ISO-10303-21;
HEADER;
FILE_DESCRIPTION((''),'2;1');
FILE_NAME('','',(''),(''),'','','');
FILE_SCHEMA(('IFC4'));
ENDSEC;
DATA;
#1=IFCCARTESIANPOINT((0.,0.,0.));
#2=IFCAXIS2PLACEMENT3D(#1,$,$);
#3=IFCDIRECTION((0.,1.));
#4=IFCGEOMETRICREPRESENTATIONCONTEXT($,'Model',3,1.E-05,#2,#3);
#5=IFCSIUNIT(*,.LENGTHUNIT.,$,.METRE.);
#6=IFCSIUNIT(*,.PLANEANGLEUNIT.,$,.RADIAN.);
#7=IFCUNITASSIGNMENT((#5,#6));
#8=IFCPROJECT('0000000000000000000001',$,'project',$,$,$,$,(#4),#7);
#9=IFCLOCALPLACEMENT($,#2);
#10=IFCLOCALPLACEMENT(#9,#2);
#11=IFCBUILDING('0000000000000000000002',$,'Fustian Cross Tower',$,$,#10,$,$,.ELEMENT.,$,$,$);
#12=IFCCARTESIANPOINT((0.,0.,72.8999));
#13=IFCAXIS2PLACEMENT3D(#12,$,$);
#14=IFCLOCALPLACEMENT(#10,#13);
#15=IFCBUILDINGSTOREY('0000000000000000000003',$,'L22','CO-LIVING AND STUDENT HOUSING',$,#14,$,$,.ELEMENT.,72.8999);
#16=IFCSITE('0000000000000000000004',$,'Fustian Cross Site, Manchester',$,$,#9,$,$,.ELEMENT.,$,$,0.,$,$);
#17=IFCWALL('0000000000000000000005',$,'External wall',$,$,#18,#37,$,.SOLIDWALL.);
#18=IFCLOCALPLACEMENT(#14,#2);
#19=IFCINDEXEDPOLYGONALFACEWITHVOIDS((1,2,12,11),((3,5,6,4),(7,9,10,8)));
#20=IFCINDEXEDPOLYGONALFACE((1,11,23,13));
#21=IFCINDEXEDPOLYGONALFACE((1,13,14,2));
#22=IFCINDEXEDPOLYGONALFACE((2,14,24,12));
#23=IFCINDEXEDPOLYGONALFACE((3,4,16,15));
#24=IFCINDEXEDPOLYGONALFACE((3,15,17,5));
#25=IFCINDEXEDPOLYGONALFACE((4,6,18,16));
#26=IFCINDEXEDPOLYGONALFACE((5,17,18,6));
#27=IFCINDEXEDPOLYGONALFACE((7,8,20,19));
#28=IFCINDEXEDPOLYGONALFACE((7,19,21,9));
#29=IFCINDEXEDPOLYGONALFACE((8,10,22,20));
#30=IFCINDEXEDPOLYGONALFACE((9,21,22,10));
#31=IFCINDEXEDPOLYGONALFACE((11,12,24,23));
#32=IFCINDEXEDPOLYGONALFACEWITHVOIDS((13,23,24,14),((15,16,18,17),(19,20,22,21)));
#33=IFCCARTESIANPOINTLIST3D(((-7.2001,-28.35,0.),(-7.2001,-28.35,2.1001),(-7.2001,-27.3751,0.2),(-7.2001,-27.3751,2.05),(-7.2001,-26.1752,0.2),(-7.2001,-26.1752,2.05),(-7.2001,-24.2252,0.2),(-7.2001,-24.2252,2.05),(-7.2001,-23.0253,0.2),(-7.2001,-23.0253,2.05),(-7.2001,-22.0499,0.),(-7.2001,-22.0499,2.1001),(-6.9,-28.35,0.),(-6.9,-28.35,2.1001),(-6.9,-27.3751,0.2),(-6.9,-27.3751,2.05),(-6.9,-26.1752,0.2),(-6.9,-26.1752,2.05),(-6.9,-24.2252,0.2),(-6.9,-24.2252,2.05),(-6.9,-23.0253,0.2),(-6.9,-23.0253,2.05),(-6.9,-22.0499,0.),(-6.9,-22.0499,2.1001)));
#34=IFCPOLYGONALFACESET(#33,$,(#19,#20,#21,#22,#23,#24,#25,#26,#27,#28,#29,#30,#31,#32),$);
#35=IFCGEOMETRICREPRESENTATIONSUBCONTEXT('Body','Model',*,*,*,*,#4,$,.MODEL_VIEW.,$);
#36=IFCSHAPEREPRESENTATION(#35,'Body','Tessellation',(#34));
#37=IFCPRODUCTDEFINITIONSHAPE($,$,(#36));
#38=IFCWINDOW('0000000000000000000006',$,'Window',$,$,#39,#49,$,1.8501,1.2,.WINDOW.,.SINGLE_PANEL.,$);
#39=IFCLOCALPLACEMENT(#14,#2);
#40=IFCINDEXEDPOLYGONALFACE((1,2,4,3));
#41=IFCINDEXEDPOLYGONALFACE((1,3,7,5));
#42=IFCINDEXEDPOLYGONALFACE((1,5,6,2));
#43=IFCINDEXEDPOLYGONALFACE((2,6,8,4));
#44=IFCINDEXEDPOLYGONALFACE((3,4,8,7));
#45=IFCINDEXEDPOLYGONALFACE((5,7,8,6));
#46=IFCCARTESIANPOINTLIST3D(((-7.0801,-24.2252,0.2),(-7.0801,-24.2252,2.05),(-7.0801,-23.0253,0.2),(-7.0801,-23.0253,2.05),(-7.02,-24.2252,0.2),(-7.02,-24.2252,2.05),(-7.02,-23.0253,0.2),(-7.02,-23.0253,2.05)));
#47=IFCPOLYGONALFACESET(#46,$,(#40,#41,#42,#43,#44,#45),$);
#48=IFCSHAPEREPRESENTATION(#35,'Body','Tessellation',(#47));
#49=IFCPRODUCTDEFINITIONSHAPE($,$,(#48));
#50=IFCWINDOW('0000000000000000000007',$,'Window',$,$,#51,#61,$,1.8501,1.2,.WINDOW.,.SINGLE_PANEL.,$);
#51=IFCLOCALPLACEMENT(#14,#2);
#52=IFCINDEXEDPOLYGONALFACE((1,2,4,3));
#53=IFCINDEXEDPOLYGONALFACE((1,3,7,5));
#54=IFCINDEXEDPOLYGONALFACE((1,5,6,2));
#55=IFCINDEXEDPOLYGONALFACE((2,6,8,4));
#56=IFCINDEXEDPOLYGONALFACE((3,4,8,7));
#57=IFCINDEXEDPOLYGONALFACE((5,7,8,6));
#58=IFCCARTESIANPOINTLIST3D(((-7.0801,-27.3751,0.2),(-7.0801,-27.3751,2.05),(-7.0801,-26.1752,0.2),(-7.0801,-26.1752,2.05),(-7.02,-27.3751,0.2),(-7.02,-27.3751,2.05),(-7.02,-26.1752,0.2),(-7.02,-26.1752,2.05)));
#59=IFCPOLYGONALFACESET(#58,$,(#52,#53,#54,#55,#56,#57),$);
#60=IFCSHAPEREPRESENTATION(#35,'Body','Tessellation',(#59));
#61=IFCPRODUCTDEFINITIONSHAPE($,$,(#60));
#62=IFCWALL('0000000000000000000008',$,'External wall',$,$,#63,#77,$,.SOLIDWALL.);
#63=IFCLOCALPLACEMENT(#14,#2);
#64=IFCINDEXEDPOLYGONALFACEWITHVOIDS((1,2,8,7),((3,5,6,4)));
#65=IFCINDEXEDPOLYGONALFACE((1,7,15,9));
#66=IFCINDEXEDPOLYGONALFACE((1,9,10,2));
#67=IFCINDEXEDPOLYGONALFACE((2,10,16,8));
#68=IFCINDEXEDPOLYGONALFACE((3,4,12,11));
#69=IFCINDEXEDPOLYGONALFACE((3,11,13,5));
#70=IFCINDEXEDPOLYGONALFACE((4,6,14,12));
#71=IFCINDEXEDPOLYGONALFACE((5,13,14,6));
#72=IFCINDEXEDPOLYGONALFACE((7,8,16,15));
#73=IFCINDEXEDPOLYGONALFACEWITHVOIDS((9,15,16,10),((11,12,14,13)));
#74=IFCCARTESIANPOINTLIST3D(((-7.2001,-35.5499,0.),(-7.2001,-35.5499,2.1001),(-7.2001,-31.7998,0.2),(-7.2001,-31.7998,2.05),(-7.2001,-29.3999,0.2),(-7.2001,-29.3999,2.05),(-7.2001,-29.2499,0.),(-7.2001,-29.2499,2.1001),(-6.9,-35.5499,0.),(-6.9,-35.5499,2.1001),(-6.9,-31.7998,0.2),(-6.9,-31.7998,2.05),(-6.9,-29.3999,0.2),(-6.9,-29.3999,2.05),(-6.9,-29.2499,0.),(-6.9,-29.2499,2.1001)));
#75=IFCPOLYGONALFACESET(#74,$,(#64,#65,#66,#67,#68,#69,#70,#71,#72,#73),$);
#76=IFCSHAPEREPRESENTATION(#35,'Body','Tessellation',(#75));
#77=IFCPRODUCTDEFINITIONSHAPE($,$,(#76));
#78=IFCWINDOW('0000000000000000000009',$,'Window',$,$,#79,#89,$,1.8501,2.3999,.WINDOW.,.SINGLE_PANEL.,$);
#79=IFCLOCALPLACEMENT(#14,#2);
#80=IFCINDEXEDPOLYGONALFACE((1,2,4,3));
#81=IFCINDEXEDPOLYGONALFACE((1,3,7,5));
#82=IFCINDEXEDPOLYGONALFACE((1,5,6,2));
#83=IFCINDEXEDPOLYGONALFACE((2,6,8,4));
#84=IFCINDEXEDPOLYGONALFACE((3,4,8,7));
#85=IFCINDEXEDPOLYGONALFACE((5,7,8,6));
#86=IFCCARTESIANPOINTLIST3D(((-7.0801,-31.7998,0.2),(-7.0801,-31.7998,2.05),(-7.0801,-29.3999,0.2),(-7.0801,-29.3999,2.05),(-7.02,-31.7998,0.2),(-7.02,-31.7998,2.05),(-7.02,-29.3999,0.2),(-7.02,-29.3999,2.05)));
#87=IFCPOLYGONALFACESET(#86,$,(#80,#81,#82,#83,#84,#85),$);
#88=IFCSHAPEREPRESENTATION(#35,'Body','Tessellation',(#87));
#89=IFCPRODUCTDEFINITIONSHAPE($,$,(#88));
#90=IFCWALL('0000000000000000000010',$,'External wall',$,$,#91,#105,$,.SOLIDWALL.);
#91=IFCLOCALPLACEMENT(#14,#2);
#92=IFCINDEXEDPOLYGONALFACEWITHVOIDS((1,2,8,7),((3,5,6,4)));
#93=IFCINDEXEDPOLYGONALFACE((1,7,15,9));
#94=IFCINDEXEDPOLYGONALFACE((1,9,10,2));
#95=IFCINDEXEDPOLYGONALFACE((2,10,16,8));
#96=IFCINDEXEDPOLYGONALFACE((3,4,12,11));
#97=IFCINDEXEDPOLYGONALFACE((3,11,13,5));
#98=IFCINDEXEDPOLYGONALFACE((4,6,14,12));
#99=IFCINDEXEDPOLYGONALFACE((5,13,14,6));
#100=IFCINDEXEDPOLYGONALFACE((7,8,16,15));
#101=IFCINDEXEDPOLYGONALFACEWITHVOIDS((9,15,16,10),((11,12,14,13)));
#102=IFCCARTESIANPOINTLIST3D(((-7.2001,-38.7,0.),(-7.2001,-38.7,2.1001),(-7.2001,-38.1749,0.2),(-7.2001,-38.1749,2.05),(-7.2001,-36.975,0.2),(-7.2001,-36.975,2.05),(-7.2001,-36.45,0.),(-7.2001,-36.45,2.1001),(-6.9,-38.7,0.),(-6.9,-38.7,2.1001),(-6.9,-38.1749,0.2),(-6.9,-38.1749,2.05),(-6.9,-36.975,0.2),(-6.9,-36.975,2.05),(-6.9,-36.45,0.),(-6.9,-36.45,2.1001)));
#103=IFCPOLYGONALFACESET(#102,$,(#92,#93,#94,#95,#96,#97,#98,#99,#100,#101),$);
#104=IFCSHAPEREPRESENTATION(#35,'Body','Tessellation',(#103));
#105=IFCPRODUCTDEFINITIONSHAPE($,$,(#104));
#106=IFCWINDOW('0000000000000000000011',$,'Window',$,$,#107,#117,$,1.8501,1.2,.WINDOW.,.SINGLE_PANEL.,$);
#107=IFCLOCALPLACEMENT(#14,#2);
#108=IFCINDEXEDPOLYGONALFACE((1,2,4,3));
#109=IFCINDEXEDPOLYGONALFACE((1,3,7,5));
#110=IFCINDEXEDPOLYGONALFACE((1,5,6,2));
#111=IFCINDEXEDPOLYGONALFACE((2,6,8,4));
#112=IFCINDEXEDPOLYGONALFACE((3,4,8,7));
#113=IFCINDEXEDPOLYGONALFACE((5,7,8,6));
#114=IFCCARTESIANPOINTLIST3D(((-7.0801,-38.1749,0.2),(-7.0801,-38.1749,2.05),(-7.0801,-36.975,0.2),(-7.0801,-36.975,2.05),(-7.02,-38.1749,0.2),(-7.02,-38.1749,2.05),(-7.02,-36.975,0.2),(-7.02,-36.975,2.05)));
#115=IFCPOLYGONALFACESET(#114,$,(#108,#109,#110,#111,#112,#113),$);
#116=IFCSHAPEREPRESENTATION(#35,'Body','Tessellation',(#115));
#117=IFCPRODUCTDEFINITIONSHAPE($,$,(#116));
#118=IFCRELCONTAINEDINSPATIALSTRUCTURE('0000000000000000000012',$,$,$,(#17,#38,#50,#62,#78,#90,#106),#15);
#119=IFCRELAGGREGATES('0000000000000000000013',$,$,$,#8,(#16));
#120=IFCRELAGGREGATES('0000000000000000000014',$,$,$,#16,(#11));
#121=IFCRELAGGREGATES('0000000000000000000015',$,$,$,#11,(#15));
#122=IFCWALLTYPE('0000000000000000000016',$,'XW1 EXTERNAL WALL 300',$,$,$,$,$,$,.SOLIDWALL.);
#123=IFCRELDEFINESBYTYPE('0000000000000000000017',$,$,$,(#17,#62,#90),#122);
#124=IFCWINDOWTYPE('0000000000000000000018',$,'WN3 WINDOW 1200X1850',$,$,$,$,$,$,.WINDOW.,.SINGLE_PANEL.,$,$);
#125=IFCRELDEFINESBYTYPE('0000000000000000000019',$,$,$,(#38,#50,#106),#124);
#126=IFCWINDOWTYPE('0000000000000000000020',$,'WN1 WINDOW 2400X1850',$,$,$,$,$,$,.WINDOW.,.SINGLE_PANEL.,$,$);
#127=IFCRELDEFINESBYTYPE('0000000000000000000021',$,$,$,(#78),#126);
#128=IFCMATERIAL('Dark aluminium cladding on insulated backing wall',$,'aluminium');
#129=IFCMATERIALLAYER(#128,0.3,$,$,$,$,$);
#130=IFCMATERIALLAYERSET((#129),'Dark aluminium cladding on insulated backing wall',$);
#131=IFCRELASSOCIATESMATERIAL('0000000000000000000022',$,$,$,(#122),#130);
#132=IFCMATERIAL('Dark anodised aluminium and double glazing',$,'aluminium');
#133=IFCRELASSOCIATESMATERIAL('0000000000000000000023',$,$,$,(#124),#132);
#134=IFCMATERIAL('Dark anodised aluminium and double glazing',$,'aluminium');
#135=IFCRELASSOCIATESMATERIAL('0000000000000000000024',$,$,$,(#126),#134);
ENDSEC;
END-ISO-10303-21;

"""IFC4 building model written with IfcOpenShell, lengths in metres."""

from ifc_helpers import new_model, si_unit, direction, frame, frame_2d, origin, place, context, subcontext, project, spatial, rectangle, extrude, material, layer, layer_set, type_object, element, fill, save


model = new_model("IFC4")

# Units and contexts
model_context = context("Model", 3, precision=1e-05, world=origin(), true_north=direction((0.0, 1.0)))
body_context = subcontext(model_context, "Body", "Model", "MODEL_VIEW")
ifc_project = project(units=[si_unit("LENGTHUNIT", "METRE"), si_unit("PLANEANGLEUNIT", "RADIAN")], contexts=[model_context])

# Site, building, storey
site_placement = place(None, origin())
site = spatial("IfcSite", under=ifc_project, at=site_placement, Name="Fustian Cross Site, Manchester", CompositionType="ELEMENT", RefElevation=0.0)
building_placement = place(site_placement, origin())
building = spatial("IfcBuilding", under=site, at=building_placement, Name="Fustian Cross Tower", CompositionType="ELEMENT")
storey_placement = place(building_placement, frame((0.0, 0.0, 72.8999)))
storey = spatial("IfcBuildingStorey", under=building, at=storey_placement, Name="L22", Description="CO-LIVING AND STUDENT HOUSING", CompositionType="ELEMENT", Elevation=72.8999)

# Shared definitions
ifc_material_1 = material(Name="Dark aluminium cladding on insulated backing wall", Category="aluminium")
ifc_layer_1 = layer(ifc_material_1, 0.3)
ifc_layer_set_1 = layer_set([ifc_layer_1], Name="Dark aluminium cladding on insulated backing wall")
wall_type_1 = type_object("IfcWallType", Name="XW1 EXTERNAL WALL 300", PredefinedType="SOLIDWALL", material=ifc_layer_set_1)

# Shared definitions
ifc_material_2 = material(Name="Dark anodised aluminium and double glazing", Category="aluminium")
window_type_1 = type_object("IfcWindowType", Name="WN3 WINDOW 1200X1850", PartitioningType="SINGLE_PANEL", PredefinedType="WINDOW", material=ifc_material_2)

# Wall, openings, windows
wall_1_placement = place(storey_placement, frame((-7.05, -22.05, 0.0), z_axis=(0.0, 0.0, 1.0), x_axis=(0.0, -1.0, 0.0)))
wall_1 = element("IfcWall", 1, at=wall_1_placement, inside=storey, type_object=wall_type_1, Name="External wall", PredefinedType="SOLIDWALL", context=body_context, shape_type="SweptSolid", body=[
    extrude(rectangle(XDim=6.3, YDim=0.3, at=frame_2d((3.1499, 0.0))), origin(), (0.0, 0.0, 1.0), 2.1001),
])
opening_1_placement = place(wall_1_placement, frame((0.9751, 0.0, 0.2)))
opening_1 = element("IfcOpeningElement", 2, at=opening_1_placement, cuts=wall_1, PredefinedType="OPENING", context=body_context, shape_type="SweptSolid", body=[
    extrude(rectangle(XDim=1.2, YDim=1.8501, at=frame_2d((0.6001, 0.925))), frame((0.0, 0.1599, 0.0), z_axis=(0.0, -1.0, 0.0), x_axis=(1.0, 0.0, 0.0)), (0.0, 0.0, 1.0), 0.3201),
])
opening_2_placement = place(wall_1_placement, frame((4.125, 0.0, 0.2)))
opening_2 = element("IfcOpeningElement", 3, at=opening_2_placement, cuts=wall_1, PredefinedType="OPENING", context=body_context, shape_type="SweptSolid", body=[
    extrude(rectangle(XDim=1.2, YDim=1.8501, at=frame_2d((0.6001, 0.925))), frame((0.0, 0.1599, 0.0), z_axis=(0.0, -1.0, 0.0), x_axis=(1.0, 0.0, 0.0)), (0.0, 0.0, 1.0), 0.3201),
])
window_1_placement = place(opening_1_placement, origin())
window_1 = element("IfcWindow", 4, at=window_1_placement, inside=storey, type_object=window_type_1, Name="Window", OverallHeight=1.8501, OverallWidth=1.2, PartitioningType="SINGLE_PANEL", PredefinedType="WINDOW", context=body_context, shape_type="SweptSolid", body=[
    extrude(rectangle(XDim=1.2, YDim=1.8501, at=frame_2d((0.6001, 0.925))), frame((0.0, 0.03, 0.0), z_axis=(0.0, -1.0, 0.0), x_axis=(1.0, 0.0, 0.0)), (0.0, 0.0, 1.0), 0.0601),
])
fill(opening_1, window_1)
window_2_placement = place(opening_2_placement, origin())
window_2 = element("IfcWindow", 5, at=window_2_placement, inside=storey, type_object=window_type_1, Name="Window", OverallHeight=1.8501, OverallWidth=1.2, PartitioningType="SINGLE_PANEL", PredefinedType="WINDOW", context=body_context, shape_type="SweptSolid", body=[
    extrude(rectangle(XDim=1.2, YDim=1.8501, at=frame_2d((0.6001, 0.925))), frame((0.0, 0.03, 0.0), z_axis=(0.0, -1.0, 0.0), x_axis=(1.0, 0.0, 0.0)), (0.0, 0.0, 1.0), 0.0601),
])
fill(opening_2, window_2)

# Walls, openings, windows
wall_2_placement = place(storey_placement, frame((-7.05, -29.25, 0.0), z_axis=(0.0, 0.0, 1.0), x_axis=(0.0, -1.0, 0.0)))
wall_2 = element("IfcWall", 6, at=wall_2_placement, inside=storey, type_object=wall_type_1, Name="External wall", PredefinedType="SOLIDWALL", context=body_context, shape_type="SweptSolid", body=[
    extrude(rectangle(XDim=6.3, YDim=0.3, at=frame_2d((3.1499, 0.0))), origin(), (0.0, 0.0, 1.0), 2.1001),
])
opening_3_placement = place(wall_2_placement, frame((0.1499, 0.0, 0.2)))
opening_3 = element("IfcOpeningElement", 7, at=opening_3_placement, cuts=wall_2, PredefinedType="OPENING", context=body_context, shape_type="SweptSolid", body=[
    extrude(rectangle(XDim=2.3999, YDim=1.8501, at=frame_2d((1.2, 0.925))), frame((0.0, 0.1599, 0.0), z_axis=(0.0, -1.0, 0.0), x_axis=(1.0, 0.0, 0.0)), (0.0, 0.0, 1.0), 0.3201),
])
ifc_material_3 = material(Name="Dark anodised aluminium and double glazing", Category="aluminium")
window_type_2 = type_object("IfcWindowType", Name="WN1 WINDOW 2400X1850", PartitioningType="SINGLE_PANEL", PredefinedType="WINDOW", material=ifc_material_3)
window_3_placement = place(opening_3_placement, origin())
window_3 = element("IfcWindow", 8, at=window_3_placement, inside=storey, type_object=window_type_2, Name="Window", OverallHeight=1.8501, OverallWidth=2.3999, PartitioningType="SINGLE_PANEL", PredefinedType="WINDOW", context=body_context, shape_type="SweptSolid", body=[
    extrude(rectangle(XDim=2.3999, YDim=1.8501, at=frame_2d((1.2, 0.925))), frame((0.0, 0.03, 0.0), z_axis=(0.0, -1.0, 0.0), x_axis=(1.0, 0.0, 0.0)), (0.0, 0.0, 1.0), 0.0601),
])
fill(opening_3, window_3)
wall_3_placement = place(storey_placement, frame((-7.05, -36.45, 0.0), z_axis=(0.0, 0.0, 1.0), x_axis=(0.0, -1.0, 0.0)))
wall_3 = element("IfcWall", 9, at=wall_3_placement, inside=storey, type_object=wall_type_1, Name="External wall", PredefinedType="SOLIDWALL", context=body_context, shape_type="SweptSolid", body=[
    extrude(rectangle(XDim=2.25, YDim=0.3, at=frame_2d((1.125, 0.0))), origin(), (0.0, 0.0, 1.0), 2.1001),
])
opening_4_placement = place(wall_3_placement, frame((0.5249, 0.0, 0.2)))
opening_4 = element("IfcOpeningElement", 10, at=opening_4_placement, cuts=wall_3, PredefinedType="OPENING", context=body_context, shape_type="SweptSolid", body=[
    extrude(rectangle(XDim=1.2, YDim=1.8501, at=frame_2d((0.6001, 0.925))), frame((0.0, 0.1599, 0.0), z_axis=(0.0, -1.0, 0.0), x_axis=(1.0, 0.0, 0.0)), (0.0, 0.0, 1.0), 0.3201),
])
window_4_placement = place(opening_4_placement, origin())
window_4 = element("IfcWindow", 11, at=window_4_placement, inside=storey, type_object=window_type_1, Name="Window", OverallHeight=1.8501, OverallWidth=1.2, PartitioningType="SINGLE_PANEL", PredefinedType="WINDOW", context=body_context, shape_type="SweptSolid", body=[
    extrude(rectangle(XDim=1.2, YDim=1.8501, at=frame_2d((0.6001, 0.925))), frame((0.0, 0.03, 0.0), z_axis=(0.0, -1.0, 0.0), x_axis=(1.0, 0.0, 0.0)), (0.0, 0.0, 1.0), 0.0601),
])
fill(opening_4, window_4)

save(model, "model.ifc")
